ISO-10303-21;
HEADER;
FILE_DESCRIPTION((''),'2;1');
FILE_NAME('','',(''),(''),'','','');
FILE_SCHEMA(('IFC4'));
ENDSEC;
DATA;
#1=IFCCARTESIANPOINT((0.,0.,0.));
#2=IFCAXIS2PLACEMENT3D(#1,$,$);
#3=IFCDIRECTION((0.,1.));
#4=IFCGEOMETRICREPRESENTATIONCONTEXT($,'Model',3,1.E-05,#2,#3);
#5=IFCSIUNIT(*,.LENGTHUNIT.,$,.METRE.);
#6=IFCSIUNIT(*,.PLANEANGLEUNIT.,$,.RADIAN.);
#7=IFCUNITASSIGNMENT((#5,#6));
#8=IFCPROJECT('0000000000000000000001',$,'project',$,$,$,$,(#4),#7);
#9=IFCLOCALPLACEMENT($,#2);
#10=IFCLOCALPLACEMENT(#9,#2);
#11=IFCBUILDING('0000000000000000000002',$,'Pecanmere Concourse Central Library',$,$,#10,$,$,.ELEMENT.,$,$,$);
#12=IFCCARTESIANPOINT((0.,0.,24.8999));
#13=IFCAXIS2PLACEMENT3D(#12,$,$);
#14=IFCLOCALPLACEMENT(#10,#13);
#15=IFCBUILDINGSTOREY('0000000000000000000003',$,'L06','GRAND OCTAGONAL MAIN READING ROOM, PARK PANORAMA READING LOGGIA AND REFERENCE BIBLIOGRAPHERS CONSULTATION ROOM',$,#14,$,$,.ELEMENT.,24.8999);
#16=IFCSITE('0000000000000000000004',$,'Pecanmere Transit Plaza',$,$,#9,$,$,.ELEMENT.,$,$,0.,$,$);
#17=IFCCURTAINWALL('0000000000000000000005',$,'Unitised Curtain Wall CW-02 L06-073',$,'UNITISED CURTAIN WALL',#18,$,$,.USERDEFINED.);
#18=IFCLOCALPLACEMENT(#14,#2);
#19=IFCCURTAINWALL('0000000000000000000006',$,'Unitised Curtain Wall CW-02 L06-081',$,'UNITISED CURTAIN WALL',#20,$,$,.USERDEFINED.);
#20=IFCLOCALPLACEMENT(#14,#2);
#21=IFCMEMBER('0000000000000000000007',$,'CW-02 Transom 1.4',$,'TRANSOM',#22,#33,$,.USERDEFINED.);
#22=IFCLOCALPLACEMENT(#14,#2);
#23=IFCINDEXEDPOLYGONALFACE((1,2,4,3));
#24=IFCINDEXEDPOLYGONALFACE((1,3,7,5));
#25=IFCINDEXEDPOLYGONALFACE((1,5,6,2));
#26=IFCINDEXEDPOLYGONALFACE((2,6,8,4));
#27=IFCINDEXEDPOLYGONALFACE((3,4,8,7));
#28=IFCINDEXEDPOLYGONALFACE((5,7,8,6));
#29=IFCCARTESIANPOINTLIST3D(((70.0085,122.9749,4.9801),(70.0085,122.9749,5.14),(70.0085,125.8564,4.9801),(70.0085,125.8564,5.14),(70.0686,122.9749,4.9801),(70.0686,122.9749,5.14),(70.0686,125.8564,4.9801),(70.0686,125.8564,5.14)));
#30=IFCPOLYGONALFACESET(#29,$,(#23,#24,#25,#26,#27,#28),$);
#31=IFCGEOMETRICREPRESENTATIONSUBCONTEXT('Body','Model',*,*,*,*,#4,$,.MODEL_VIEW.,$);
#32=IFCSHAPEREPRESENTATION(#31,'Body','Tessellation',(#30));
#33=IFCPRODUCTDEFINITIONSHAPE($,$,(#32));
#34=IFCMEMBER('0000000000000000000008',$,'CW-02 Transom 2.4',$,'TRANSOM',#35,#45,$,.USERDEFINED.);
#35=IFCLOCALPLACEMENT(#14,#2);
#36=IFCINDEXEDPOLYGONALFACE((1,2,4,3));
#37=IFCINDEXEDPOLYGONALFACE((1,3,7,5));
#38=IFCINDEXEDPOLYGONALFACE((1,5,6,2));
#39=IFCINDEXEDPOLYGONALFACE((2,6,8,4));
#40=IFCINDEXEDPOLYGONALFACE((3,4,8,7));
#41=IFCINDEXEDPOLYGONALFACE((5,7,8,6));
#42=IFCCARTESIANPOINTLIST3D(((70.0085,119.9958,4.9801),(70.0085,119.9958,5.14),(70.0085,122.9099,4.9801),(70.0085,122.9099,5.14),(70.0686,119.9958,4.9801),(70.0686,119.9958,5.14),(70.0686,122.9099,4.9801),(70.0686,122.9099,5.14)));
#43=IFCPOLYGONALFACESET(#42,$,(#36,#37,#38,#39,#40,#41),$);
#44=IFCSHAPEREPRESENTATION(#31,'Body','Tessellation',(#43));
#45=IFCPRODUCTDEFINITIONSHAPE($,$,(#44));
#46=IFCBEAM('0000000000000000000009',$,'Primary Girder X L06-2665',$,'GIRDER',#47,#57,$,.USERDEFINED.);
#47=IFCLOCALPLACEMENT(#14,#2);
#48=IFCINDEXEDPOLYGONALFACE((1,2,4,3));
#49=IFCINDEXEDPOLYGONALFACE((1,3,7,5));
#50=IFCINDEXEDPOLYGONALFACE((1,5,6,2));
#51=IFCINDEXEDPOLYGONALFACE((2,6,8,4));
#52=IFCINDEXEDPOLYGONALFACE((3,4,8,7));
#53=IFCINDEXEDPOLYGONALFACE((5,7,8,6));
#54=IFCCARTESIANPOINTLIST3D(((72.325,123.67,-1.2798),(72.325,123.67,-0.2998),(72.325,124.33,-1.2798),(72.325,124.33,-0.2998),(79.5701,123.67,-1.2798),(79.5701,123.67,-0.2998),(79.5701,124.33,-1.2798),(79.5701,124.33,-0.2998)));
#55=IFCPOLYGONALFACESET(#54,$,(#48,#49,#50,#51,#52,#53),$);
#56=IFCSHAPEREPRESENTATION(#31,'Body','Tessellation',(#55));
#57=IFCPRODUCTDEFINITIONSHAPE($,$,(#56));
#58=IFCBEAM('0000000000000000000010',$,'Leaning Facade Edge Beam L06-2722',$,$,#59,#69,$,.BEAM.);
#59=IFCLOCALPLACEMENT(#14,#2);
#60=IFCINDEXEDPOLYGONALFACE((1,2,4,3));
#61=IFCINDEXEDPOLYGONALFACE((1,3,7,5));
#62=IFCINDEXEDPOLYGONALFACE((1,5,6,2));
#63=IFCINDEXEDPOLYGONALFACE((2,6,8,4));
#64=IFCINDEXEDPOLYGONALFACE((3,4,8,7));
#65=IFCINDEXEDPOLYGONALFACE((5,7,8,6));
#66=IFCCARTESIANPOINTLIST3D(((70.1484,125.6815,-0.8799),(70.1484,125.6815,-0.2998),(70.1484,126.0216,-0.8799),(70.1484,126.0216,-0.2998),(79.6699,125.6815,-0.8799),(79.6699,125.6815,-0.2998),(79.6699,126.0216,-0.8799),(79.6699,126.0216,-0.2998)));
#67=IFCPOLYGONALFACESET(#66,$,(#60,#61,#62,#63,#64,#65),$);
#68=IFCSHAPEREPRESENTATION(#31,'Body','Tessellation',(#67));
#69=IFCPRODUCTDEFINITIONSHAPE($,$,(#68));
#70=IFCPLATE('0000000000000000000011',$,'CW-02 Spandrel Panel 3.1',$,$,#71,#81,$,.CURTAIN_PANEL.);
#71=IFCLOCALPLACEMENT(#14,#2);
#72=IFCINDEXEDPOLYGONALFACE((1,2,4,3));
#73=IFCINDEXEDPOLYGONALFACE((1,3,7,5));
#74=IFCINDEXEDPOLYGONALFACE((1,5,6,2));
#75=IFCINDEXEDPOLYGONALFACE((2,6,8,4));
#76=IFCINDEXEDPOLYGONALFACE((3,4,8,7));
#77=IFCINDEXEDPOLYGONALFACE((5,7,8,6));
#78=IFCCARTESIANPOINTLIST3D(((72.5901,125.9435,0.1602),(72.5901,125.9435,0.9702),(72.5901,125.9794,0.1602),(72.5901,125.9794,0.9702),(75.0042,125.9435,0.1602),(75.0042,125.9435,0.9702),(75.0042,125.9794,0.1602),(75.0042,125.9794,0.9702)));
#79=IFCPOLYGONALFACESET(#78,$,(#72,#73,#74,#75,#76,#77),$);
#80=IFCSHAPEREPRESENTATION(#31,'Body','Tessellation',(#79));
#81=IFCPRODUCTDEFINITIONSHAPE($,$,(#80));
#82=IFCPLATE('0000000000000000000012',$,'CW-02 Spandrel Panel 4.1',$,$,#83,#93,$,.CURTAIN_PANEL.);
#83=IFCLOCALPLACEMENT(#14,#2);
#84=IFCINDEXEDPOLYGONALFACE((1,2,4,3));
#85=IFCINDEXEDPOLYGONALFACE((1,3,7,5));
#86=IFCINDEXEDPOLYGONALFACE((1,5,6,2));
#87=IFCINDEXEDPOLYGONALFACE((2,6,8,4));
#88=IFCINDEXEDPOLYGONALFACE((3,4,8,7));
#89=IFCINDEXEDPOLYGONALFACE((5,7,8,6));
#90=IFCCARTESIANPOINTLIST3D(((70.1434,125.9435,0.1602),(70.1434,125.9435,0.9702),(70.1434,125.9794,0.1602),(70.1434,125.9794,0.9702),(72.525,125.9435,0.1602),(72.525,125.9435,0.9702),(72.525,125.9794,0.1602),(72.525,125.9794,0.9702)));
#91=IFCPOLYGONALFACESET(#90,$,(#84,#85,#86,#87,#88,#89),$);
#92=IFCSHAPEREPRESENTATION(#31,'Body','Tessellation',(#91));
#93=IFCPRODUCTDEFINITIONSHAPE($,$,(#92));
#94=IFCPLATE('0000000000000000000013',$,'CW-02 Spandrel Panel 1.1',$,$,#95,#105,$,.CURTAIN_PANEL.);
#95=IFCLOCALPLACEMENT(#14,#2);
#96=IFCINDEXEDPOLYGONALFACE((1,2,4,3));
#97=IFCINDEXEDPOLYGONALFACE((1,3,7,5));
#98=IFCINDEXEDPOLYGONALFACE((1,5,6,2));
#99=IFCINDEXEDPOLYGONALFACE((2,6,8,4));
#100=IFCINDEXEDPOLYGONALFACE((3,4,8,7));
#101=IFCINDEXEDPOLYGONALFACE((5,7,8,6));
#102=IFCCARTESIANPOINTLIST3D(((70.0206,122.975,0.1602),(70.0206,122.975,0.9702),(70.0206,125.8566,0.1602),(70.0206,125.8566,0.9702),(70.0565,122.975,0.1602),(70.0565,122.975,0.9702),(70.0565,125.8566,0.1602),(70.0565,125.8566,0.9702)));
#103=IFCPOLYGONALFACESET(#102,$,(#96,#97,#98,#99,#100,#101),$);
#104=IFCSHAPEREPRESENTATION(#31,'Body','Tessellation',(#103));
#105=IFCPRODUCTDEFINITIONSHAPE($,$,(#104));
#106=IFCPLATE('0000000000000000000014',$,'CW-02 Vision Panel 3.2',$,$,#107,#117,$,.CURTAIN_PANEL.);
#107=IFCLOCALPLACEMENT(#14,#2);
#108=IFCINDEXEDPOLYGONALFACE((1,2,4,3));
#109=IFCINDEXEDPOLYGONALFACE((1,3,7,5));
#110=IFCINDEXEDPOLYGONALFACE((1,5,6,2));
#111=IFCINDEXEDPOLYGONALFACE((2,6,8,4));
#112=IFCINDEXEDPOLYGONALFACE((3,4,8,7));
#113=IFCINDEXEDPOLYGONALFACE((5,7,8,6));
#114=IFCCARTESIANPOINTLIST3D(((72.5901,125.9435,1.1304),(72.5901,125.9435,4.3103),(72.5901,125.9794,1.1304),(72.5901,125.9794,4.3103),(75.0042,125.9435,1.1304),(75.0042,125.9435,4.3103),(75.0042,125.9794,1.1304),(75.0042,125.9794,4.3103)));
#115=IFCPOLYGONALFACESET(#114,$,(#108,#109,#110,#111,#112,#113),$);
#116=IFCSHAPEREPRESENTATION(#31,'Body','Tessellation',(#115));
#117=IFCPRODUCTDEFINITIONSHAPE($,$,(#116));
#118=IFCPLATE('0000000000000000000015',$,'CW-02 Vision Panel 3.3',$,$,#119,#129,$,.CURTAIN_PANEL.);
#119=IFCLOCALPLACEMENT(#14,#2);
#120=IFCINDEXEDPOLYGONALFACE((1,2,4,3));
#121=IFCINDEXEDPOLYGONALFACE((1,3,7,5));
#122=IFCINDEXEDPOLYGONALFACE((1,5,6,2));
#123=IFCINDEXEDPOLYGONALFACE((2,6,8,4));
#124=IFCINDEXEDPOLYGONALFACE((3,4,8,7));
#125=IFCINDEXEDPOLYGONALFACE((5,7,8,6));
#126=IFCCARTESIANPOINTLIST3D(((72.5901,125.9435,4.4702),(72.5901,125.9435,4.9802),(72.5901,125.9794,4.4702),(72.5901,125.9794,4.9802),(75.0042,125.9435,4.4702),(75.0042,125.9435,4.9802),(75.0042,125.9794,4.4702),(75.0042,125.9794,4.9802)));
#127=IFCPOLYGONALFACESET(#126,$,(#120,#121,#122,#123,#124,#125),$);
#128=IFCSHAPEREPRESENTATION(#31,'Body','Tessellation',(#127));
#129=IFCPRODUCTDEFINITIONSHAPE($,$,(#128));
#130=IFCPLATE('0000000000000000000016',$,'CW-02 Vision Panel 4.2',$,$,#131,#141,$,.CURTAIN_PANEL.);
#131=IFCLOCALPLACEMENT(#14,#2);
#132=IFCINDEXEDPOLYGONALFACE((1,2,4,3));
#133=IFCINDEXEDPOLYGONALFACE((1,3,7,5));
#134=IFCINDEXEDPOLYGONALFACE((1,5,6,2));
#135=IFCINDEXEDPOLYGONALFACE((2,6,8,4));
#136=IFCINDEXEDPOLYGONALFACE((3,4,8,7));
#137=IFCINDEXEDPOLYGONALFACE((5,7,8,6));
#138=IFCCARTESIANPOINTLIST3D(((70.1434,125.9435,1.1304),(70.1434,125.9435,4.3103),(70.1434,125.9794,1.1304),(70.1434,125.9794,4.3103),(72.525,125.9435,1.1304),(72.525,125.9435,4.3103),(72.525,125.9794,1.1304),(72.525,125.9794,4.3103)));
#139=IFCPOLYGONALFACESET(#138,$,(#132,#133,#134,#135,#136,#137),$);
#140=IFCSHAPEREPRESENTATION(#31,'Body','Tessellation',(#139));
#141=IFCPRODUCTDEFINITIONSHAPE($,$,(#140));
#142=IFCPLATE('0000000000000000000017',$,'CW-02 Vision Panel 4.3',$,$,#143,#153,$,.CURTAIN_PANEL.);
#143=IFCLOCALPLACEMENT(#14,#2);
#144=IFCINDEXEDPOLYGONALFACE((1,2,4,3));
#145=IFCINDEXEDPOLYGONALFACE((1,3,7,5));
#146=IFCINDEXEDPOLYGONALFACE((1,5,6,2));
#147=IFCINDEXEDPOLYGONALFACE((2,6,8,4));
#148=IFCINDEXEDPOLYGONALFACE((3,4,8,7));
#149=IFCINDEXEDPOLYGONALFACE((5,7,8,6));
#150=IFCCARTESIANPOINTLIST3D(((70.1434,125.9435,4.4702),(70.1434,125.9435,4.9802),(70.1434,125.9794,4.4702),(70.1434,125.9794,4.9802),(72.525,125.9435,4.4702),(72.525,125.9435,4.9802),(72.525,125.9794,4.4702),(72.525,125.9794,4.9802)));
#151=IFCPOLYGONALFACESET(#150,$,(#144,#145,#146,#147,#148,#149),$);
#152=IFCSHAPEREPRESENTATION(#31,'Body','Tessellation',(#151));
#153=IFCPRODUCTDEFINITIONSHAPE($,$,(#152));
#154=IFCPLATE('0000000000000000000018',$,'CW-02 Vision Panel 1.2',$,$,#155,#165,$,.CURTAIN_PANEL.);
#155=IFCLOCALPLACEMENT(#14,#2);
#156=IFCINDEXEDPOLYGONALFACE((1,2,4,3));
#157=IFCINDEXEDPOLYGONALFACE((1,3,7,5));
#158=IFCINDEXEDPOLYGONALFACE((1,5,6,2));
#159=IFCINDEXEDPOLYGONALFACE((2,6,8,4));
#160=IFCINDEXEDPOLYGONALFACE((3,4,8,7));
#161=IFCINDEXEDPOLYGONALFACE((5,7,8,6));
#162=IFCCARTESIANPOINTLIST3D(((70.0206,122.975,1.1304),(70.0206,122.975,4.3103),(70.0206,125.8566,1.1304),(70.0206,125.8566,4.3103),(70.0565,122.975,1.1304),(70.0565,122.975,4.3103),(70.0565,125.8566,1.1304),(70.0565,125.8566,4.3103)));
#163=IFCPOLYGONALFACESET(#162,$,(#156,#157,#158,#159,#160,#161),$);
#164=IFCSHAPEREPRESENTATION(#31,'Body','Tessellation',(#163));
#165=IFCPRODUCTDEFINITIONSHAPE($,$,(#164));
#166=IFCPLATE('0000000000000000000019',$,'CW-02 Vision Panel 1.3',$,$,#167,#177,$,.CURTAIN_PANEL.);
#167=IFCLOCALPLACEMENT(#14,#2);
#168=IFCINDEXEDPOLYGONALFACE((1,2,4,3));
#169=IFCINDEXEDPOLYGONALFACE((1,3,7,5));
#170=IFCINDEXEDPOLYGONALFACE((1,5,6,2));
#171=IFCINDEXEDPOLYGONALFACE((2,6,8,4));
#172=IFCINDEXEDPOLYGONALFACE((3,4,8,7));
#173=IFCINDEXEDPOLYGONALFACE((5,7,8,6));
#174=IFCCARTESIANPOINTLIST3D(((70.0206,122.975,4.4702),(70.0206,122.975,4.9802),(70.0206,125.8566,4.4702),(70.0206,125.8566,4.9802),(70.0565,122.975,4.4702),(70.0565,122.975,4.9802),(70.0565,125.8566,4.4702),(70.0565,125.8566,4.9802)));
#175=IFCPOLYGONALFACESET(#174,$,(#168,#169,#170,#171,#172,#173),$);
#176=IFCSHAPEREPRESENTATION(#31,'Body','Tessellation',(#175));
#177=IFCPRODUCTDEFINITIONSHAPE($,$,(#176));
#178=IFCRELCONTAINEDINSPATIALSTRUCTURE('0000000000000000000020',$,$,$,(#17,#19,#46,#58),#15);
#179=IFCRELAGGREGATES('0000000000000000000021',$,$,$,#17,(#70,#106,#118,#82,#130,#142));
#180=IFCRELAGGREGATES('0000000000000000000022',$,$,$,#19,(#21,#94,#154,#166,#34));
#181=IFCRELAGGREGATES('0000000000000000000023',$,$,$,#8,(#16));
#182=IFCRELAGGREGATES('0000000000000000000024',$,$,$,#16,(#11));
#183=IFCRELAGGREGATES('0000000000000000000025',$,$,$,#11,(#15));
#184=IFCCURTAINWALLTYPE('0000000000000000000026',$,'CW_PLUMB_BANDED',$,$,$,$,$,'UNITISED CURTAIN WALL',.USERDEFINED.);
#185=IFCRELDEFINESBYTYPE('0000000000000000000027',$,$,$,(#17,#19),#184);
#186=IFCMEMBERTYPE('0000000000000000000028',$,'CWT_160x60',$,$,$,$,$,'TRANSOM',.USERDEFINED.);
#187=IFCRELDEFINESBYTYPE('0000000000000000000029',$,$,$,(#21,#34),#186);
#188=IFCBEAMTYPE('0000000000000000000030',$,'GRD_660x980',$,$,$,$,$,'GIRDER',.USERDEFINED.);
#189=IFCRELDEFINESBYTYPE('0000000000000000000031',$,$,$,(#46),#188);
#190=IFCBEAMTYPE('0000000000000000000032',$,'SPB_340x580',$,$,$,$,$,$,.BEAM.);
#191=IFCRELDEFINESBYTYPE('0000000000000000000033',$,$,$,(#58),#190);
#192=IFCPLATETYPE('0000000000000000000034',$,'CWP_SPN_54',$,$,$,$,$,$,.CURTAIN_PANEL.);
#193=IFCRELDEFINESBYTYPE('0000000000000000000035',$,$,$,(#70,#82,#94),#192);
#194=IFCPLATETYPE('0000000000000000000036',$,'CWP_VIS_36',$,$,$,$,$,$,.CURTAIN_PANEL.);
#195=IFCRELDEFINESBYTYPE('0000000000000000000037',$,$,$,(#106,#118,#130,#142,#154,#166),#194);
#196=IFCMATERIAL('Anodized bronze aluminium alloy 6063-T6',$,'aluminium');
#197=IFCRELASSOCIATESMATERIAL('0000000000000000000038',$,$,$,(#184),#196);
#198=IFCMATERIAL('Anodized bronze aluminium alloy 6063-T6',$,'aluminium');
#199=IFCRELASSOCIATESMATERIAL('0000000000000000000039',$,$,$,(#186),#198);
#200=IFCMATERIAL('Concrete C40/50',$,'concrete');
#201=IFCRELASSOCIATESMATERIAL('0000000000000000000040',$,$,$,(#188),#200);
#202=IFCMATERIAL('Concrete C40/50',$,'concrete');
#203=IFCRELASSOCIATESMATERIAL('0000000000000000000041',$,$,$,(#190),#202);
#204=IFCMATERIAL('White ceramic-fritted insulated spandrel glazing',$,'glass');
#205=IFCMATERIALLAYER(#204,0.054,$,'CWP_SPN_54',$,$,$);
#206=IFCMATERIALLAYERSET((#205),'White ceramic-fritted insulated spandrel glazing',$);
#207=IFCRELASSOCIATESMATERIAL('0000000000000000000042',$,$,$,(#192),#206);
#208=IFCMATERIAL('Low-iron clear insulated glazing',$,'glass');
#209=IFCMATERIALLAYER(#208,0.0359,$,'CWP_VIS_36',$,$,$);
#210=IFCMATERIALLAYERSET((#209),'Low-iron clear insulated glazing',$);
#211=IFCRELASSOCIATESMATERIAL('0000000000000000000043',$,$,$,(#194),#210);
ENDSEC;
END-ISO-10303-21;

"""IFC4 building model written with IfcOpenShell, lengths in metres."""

from ifc_helpers import new_model, si_unit, direction, frame, origin, origin_2d, place, context, subcontext, project, spatial, rectangle, extrude, material, layer, layer_set, material_profile, profile_set, type_object, element, aggregate, save


model = new_model("IFC4")

# Units and contexts
model_context = context("Model", 3, precision=1e-05, world=origin(), true_north=direction((0.0, 1.0)))
body_context = subcontext(model_context, "Body", "Model", "MODEL_VIEW")
ifc_project = project(units=[si_unit("LENGTHUNIT", "METRE"), si_unit("PLANEANGLEUNIT", "RADIAN")], contexts=[model_context])

# Site, building, storey
site_placement = place(None, origin())
site = spatial("IfcSite", under=ifc_project, at=site_placement, Name="Pecanmere Transit Plaza", CompositionType="ELEMENT", RefElevation=0.0)
building_placement = place(site_placement, origin())
building = spatial("IfcBuilding", under=site, at=building_placement, Name="Pecanmere Concourse Central Library", CompositionType="ELEMENT")
storey_placement = place(building_placement, frame((0.0, 0.0, 24.8999)))
storey = spatial("IfcBuildingStorey", under=building, at=storey_placement, Name="L06", Description="GRAND OCTAGONAL MAIN READING ROOM, PARK PANORAMA READING LOGGIA AND REFERENCE BIBLIOGRAPHERS CONSULTATION ROOM", CompositionType="ELEMENT", Elevation=24.8999)

# Curtain walls
ifc_material_1 = material(Name="Anodized bronze aluminium alloy 6063-T6", Category="aluminium")
curtain_wall_type = type_object("IfcCurtainWallType", Name="CW_PLUMB_BANDED", ElementType="UNITISED CURTAIN WALL", PredefinedType="USERDEFINED", material=ifc_material_1)
curtain_wall_1_placement = place(storey_placement, origin())
curtain_wall_1 = element("IfcCurtainWall", 1, at=curtain_wall_1_placement, inside=storey, type_object=curtain_wall_type, Name="Unitised Curtain Wall CW-02 L06-073", ObjectType="UNITISED CURTAIN WALL", PredefinedType="USERDEFINED")
curtain_wall_2_placement = place(storey_placement, origin())
curtain_wall_2 = element("IfcCurtainWall", 2, at=curtain_wall_2_placement, inside=storey, type_object=curtain_wall_type, Name="Unitised Curtain Wall CW-02 L06-081", ObjectType="UNITISED CURTAIN WALL", PredefinedType="USERDEFINED")

# Members
ifc_material_2 = material(Name="Anodized bronze aluminium alloy 6063-T6", Category="aluminium")
ifc_material_profile_1 = material_profile(ifc_material_2, rectangle(XDim=0.0601, YDim=0.1599, at=origin_2d()), Name="AL 60x160")
ifc_profile_set_1 = profile_set([ifc_material_profile_1], Name="Anodized bronze aluminium alloy 6063-T6")
member_type_1 = type_object("IfcMemberType", Name="CWT_160x60", ElementType="TRANSOM", PredefinedType="USERDEFINED", material=ifc_profile_set_1)
member_1_placement = place(storey_placement, frame((70.0386, 125.8564, 5.0601), z_axis=(0.0, -1.0, 0.0), x_axis=(1.0, 0.0, 0.0)))
member_1 = element("IfcMember", 3, at=member_1_placement, type_object=member_type_1, Name="CW-02 Transom 1.4", ObjectType="TRANSOM", PredefinedType="USERDEFINED", context=body_context, shape_type="SweptSolid", body=[
    extrude(rectangle(XDim=0.0601, YDim=0.1599, at=origin_2d()), origin(), (0.0, 0.0, 1.0), 2.8816),
])
member_2_placement = place(storey_placement, frame((70.0386, 122.9099, 5.0601), z_axis=(0.0, -1.0, 0.0), x_axis=(1.0, 0.0, 0.0)))
member_2 = element("IfcMember", 4, at=member_2_placement, type_object=member_type_1, Name="CW-02 Transom 2.4", ObjectType="TRANSOM", PredefinedType="USERDEFINED", context=body_context, shape_type="SweptSolid", body=[
    extrude(rectangle(XDim=0.0601, YDim=0.1599, at=origin_2d()), origin(), (0.0, 0.0, 1.0), 2.9141),
])

# Beams
ifc_material_3 = material(Name="Concrete C40/50", Category="concrete")
ifc_material_profile_2 = material_profile(ifc_material_3, rectangle(XDim=0.6599, YDim=0.98, at=origin_2d()), Name="RC 660x980")
ifc_profile_set_2 = profile_set([ifc_material_profile_2], Name="Concrete C40/50")
beam_type_1 = type_object("IfcBeamType", Name="GRD_660x980", ElementType="GIRDER", PredefinedType="USERDEFINED", material=ifc_profile_set_2)
beam_1_placement = place(storey_placement, frame((72.325, 124.0, -0.7898), z_axis=(1.0, 0.0, 0.0), x_axis=(0.0, 1.0, 0.0)))
element("IfcBeam", 5, at=beam_1_placement, inside=storey, type_object=beam_type_1, Name="Primary Girder X L06-2665", ObjectType="GIRDER", PredefinedType="USERDEFINED", context=body_context, shape_type="SweptSolid", body=[
    extrude(rectangle(XDim=0.6599, YDim=0.98, at=origin_2d()), origin(), (0.0, 0.0, 1.0), 7.2451),
])
ifc_material_4 = material(Name="Concrete C40/50", Category="concrete")
ifc_material_profile_3 = material_profile(ifc_material_4, rectangle(XDim=0.3401, YDim=0.5801, at=origin_2d()), Name="RC 340x580")
ifc_profile_set_3 = profile_set([ifc_material_profile_3], Name="Concrete C40/50")
beam_type_2 = type_object("IfcBeamType", Name="SPB_340x580", PredefinedType="BEAM", material=ifc_profile_set_3)
beam_2_placement = place(storey_placement, frame((70.1484, 125.8516, -0.5898), z_axis=(1.0, 0.0, 0.0), x_axis=(0.0, 1.0, 0.0)))
element("IfcBeam", 6, at=beam_2_placement, inside=storey, type_object=beam_type_2, Name="Leaning Facade Edge Beam L06-2722", PredefinedType="BEAM", context=body_context, shape_type="SweptSolid", body=[
    extrude(rectangle(XDim=0.3401, YDim=0.5801, at=origin_2d()), origin(), (0.0, 0.0, 1.0), 9.5215),
])

# Plates
ifc_material_5 = material(Name="White ceramic-fritted insulated spandrel glazing", Category="glass")
ifc_layer_1 = layer(ifc_material_5, 0.054, Name="CWP_SPN_54")
ifc_layer_set_1 = layer_set([ifc_layer_1], Name="White ceramic-fritted insulated spandrel glazing")
plate_type_1 = type_object("IfcPlateType", Name="CWP_SPN_54", PredefinedType="CURTAIN_PANEL", material=ifc_layer_set_1)
plate_1_placement = place(storey_placement, frame((73.7971, 125.9614, 0.1602), z_axis=(0.0, 0.0, 1.0), x_axis=(-1.0, 0.0, 0.0)))
plate_1 = element("IfcPlate", 7, at=plate_1_placement, type_object=plate_type_1, Name="CW-02 Spandrel Panel 3.1", PredefinedType="CURTAIN_PANEL", context=body_context, shape_type="SweptSolid", body=[
    extrude(rectangle(XDim=2.4141, YDim=0.0359, at=origin_2d()), origin(), (0.0, 0.0, 1.0), 0.8101),
])
plate_2_placement = place(storey_placement, frame((71.3342, 125.9614, 0.1602), z_axis=(0.0, 0.0, 1.0), x_axis=(-1.0, 0.0, 0.0)))
plate_2 = element("IfcPlate", 8, at=plate_2_placement, type_object=plate_type_1, Name="CW-02 Spandrel Panel 4.1", PredefinedType="CURTAIN_PANEL", context=body_context, shape_type="SweptSolid", body=[
    extrude(rectangle(XDim=2.3816, YDim=0.0359, at=origin_2d()), origin(), (0.0, 0.0, 1.0), 0.8101),
])
plate_3_placement = place(storey_placement, frame((70.0386, 124.4158, 0.1602), z_axis=(0.0, 0.0, 1.0), x_axis=(0.0, -1.0, 0.0)))
plate_3 = element("IfcPlate", 9, at=plate_3_placement, type_object=plate_type_1, Name="CW-02 Spandrel Panel 1.1", PredefinedType="CURTAIN_PANEL", context=body_context, shape_type="SweptSolid", body=[
    extrude(rectangle(XDim=2.8816, YDim=0.0359, at=origin_2d()), origin(), (0.0, 0.0, 1.0), 0.8101),
])
ifc_material_6 = material(Name="Low-iron clear insulated glazing", Category="glass")
ifc_layer_2 = layer(ifc_material_6, 0.0359, Name="CWP_VIS_36")
ifc_layer_set_2 = layer_set([ifc_layer_2], Name="Low-iron clear insulated glazing")
plate_type_2 = type_object("IfcPlateType", Name="CWP_VIS_36", PredefinedType="CURTAIN_PANEL", material=ifc_layer_set_2)
plate_4_placement = place(storey_placement, frame((73.7971, 125.9614, 1.1304), z_axis=(0.0, 0.0, 1.0), x_axis=(-1.0, 0.0, 0.0)))
plate_4 = element("IfcPlate", 10, at=plate_4_placement, type_object=plate_type_2, Name="CW-02 Vision Panel 3.2", PredefinedType="CURTAIN_PANEL", context=body_context, shape_type="SweptSolid", body=[
    extrude(rectangle(XDim=2.4141, YDim=0.0359, at=origin_2d()), origin(), (0.0, 0.0, 1.0), 3.1799),
])
plate_5_placement = place(storey_placement, frame((73.7971, 125.9614, 4.4702), z_axis=(0.0, 0.0, 1.0), x_axis=(-1.0, 0.0, 0.0)))
plate_5 = element("IfcPlate", 11, at=plate_5_placement, type_object=plate_type_2, Name="CW-02 Vision Panel 3.3", PredefinedType="CURTAIN_PANEL", context=body_context, shape_type="SweptSolid", body=[
    extrude(rectangle(XDim=2.4141, YDim=0.0359, at=origin_2d()), origin(), (0.0, 0.0, 1.0), 0.51),
])
plate_6_placement = place(storey_placement, frame((71.3342, 125.9614, 1.1304), z_axis=(0.0, 0.0, 1.0), x_axis=(-1.0, 0.0, 0.0)))
plate_6 = element("IfcPlate", 12, at=plate_6_placement, type_object=plate_type_2, Name="CW-02 Vision Panel 4.2", PredefinedType="CURTAIN_PANEL", context=body_context, shape_type="SweptSolid", body=[
    extrude(rectangle(XDim=2.3816, YDim=0.0359, at=origin_2d()), origin(), (0.0, 0.0, 1.0), 3.1799),
])
plate_7_placement = place(storey_placement, frame((71.3342, 125.9614, 4.4702), z_axis=(0.0, 0.0, 1.0), x_axis=(-1.0, 0.0, 0.0)))
plate_7 = element("IfcPlate", 13, at=plate_7_placement, type_object=plate_type_2, Name="CW-02 Vision Panel 4.3", PredefinedType="CURTAIN_PANEL", context=body_context, shape_type="SweptSolid", body=[
    extrude(rectangle(XDim=2.3816, YDim=0.0359, at=origin_2d()), origin(), (0.0, 0.0, 1.0), 0.51),
])
aggregate(curtain_wall_1, [plate_1, plate_4, plate_5, plate_2, plate_6, plate_7])
plate_8_placement = place(storey_placement, frame((70.0386, 124.4158, 1.1304), z_axis=(0.0, 0.0, 1.0), x_axis=(0.0, -1.0, 0.0)))
plate_8 = element("IfcPlate", 14, at=plate_8_placement, type_object=plate_type_2, Name="CW-02 Vision Panel 1.2", PredefinedType="CURTAIN_PANEL", context=body_context, shape_type="SweptSolid", body=[
    extrude(rectangle(XDim=2.8816, YDim=0.0359, at=origin_2d()), origin(), (0.0, 0.0, 1.0), 3.1799),
])
plate_9_placement = place(storey_placement, frame((70.0386, 124.4158, 4.4702), z_axis=(0.0, 0.0, 1.0), x_axis=(0.0, -1.0, 0.0)))
plate_9 = element("IfcPlate", 15, at=plate_9_placement, type_object=plate_type_2, Name="CW-02 Vision Panel 1.3", PredefinedType="CURTAIN_PANEL", context=body_context, shape_type="SweptSolid", body=[
    extrude(rectangle(XDim=2.8816, YDim=0.0359, at=origin_2d()), origin(), (0.0, 0.0, 1.0), 0.51),
])
aggregate(curtain_wall_2, [member_1, plate_3, plate_8, plate_9, member_2])

save(model, "model.ifc")
